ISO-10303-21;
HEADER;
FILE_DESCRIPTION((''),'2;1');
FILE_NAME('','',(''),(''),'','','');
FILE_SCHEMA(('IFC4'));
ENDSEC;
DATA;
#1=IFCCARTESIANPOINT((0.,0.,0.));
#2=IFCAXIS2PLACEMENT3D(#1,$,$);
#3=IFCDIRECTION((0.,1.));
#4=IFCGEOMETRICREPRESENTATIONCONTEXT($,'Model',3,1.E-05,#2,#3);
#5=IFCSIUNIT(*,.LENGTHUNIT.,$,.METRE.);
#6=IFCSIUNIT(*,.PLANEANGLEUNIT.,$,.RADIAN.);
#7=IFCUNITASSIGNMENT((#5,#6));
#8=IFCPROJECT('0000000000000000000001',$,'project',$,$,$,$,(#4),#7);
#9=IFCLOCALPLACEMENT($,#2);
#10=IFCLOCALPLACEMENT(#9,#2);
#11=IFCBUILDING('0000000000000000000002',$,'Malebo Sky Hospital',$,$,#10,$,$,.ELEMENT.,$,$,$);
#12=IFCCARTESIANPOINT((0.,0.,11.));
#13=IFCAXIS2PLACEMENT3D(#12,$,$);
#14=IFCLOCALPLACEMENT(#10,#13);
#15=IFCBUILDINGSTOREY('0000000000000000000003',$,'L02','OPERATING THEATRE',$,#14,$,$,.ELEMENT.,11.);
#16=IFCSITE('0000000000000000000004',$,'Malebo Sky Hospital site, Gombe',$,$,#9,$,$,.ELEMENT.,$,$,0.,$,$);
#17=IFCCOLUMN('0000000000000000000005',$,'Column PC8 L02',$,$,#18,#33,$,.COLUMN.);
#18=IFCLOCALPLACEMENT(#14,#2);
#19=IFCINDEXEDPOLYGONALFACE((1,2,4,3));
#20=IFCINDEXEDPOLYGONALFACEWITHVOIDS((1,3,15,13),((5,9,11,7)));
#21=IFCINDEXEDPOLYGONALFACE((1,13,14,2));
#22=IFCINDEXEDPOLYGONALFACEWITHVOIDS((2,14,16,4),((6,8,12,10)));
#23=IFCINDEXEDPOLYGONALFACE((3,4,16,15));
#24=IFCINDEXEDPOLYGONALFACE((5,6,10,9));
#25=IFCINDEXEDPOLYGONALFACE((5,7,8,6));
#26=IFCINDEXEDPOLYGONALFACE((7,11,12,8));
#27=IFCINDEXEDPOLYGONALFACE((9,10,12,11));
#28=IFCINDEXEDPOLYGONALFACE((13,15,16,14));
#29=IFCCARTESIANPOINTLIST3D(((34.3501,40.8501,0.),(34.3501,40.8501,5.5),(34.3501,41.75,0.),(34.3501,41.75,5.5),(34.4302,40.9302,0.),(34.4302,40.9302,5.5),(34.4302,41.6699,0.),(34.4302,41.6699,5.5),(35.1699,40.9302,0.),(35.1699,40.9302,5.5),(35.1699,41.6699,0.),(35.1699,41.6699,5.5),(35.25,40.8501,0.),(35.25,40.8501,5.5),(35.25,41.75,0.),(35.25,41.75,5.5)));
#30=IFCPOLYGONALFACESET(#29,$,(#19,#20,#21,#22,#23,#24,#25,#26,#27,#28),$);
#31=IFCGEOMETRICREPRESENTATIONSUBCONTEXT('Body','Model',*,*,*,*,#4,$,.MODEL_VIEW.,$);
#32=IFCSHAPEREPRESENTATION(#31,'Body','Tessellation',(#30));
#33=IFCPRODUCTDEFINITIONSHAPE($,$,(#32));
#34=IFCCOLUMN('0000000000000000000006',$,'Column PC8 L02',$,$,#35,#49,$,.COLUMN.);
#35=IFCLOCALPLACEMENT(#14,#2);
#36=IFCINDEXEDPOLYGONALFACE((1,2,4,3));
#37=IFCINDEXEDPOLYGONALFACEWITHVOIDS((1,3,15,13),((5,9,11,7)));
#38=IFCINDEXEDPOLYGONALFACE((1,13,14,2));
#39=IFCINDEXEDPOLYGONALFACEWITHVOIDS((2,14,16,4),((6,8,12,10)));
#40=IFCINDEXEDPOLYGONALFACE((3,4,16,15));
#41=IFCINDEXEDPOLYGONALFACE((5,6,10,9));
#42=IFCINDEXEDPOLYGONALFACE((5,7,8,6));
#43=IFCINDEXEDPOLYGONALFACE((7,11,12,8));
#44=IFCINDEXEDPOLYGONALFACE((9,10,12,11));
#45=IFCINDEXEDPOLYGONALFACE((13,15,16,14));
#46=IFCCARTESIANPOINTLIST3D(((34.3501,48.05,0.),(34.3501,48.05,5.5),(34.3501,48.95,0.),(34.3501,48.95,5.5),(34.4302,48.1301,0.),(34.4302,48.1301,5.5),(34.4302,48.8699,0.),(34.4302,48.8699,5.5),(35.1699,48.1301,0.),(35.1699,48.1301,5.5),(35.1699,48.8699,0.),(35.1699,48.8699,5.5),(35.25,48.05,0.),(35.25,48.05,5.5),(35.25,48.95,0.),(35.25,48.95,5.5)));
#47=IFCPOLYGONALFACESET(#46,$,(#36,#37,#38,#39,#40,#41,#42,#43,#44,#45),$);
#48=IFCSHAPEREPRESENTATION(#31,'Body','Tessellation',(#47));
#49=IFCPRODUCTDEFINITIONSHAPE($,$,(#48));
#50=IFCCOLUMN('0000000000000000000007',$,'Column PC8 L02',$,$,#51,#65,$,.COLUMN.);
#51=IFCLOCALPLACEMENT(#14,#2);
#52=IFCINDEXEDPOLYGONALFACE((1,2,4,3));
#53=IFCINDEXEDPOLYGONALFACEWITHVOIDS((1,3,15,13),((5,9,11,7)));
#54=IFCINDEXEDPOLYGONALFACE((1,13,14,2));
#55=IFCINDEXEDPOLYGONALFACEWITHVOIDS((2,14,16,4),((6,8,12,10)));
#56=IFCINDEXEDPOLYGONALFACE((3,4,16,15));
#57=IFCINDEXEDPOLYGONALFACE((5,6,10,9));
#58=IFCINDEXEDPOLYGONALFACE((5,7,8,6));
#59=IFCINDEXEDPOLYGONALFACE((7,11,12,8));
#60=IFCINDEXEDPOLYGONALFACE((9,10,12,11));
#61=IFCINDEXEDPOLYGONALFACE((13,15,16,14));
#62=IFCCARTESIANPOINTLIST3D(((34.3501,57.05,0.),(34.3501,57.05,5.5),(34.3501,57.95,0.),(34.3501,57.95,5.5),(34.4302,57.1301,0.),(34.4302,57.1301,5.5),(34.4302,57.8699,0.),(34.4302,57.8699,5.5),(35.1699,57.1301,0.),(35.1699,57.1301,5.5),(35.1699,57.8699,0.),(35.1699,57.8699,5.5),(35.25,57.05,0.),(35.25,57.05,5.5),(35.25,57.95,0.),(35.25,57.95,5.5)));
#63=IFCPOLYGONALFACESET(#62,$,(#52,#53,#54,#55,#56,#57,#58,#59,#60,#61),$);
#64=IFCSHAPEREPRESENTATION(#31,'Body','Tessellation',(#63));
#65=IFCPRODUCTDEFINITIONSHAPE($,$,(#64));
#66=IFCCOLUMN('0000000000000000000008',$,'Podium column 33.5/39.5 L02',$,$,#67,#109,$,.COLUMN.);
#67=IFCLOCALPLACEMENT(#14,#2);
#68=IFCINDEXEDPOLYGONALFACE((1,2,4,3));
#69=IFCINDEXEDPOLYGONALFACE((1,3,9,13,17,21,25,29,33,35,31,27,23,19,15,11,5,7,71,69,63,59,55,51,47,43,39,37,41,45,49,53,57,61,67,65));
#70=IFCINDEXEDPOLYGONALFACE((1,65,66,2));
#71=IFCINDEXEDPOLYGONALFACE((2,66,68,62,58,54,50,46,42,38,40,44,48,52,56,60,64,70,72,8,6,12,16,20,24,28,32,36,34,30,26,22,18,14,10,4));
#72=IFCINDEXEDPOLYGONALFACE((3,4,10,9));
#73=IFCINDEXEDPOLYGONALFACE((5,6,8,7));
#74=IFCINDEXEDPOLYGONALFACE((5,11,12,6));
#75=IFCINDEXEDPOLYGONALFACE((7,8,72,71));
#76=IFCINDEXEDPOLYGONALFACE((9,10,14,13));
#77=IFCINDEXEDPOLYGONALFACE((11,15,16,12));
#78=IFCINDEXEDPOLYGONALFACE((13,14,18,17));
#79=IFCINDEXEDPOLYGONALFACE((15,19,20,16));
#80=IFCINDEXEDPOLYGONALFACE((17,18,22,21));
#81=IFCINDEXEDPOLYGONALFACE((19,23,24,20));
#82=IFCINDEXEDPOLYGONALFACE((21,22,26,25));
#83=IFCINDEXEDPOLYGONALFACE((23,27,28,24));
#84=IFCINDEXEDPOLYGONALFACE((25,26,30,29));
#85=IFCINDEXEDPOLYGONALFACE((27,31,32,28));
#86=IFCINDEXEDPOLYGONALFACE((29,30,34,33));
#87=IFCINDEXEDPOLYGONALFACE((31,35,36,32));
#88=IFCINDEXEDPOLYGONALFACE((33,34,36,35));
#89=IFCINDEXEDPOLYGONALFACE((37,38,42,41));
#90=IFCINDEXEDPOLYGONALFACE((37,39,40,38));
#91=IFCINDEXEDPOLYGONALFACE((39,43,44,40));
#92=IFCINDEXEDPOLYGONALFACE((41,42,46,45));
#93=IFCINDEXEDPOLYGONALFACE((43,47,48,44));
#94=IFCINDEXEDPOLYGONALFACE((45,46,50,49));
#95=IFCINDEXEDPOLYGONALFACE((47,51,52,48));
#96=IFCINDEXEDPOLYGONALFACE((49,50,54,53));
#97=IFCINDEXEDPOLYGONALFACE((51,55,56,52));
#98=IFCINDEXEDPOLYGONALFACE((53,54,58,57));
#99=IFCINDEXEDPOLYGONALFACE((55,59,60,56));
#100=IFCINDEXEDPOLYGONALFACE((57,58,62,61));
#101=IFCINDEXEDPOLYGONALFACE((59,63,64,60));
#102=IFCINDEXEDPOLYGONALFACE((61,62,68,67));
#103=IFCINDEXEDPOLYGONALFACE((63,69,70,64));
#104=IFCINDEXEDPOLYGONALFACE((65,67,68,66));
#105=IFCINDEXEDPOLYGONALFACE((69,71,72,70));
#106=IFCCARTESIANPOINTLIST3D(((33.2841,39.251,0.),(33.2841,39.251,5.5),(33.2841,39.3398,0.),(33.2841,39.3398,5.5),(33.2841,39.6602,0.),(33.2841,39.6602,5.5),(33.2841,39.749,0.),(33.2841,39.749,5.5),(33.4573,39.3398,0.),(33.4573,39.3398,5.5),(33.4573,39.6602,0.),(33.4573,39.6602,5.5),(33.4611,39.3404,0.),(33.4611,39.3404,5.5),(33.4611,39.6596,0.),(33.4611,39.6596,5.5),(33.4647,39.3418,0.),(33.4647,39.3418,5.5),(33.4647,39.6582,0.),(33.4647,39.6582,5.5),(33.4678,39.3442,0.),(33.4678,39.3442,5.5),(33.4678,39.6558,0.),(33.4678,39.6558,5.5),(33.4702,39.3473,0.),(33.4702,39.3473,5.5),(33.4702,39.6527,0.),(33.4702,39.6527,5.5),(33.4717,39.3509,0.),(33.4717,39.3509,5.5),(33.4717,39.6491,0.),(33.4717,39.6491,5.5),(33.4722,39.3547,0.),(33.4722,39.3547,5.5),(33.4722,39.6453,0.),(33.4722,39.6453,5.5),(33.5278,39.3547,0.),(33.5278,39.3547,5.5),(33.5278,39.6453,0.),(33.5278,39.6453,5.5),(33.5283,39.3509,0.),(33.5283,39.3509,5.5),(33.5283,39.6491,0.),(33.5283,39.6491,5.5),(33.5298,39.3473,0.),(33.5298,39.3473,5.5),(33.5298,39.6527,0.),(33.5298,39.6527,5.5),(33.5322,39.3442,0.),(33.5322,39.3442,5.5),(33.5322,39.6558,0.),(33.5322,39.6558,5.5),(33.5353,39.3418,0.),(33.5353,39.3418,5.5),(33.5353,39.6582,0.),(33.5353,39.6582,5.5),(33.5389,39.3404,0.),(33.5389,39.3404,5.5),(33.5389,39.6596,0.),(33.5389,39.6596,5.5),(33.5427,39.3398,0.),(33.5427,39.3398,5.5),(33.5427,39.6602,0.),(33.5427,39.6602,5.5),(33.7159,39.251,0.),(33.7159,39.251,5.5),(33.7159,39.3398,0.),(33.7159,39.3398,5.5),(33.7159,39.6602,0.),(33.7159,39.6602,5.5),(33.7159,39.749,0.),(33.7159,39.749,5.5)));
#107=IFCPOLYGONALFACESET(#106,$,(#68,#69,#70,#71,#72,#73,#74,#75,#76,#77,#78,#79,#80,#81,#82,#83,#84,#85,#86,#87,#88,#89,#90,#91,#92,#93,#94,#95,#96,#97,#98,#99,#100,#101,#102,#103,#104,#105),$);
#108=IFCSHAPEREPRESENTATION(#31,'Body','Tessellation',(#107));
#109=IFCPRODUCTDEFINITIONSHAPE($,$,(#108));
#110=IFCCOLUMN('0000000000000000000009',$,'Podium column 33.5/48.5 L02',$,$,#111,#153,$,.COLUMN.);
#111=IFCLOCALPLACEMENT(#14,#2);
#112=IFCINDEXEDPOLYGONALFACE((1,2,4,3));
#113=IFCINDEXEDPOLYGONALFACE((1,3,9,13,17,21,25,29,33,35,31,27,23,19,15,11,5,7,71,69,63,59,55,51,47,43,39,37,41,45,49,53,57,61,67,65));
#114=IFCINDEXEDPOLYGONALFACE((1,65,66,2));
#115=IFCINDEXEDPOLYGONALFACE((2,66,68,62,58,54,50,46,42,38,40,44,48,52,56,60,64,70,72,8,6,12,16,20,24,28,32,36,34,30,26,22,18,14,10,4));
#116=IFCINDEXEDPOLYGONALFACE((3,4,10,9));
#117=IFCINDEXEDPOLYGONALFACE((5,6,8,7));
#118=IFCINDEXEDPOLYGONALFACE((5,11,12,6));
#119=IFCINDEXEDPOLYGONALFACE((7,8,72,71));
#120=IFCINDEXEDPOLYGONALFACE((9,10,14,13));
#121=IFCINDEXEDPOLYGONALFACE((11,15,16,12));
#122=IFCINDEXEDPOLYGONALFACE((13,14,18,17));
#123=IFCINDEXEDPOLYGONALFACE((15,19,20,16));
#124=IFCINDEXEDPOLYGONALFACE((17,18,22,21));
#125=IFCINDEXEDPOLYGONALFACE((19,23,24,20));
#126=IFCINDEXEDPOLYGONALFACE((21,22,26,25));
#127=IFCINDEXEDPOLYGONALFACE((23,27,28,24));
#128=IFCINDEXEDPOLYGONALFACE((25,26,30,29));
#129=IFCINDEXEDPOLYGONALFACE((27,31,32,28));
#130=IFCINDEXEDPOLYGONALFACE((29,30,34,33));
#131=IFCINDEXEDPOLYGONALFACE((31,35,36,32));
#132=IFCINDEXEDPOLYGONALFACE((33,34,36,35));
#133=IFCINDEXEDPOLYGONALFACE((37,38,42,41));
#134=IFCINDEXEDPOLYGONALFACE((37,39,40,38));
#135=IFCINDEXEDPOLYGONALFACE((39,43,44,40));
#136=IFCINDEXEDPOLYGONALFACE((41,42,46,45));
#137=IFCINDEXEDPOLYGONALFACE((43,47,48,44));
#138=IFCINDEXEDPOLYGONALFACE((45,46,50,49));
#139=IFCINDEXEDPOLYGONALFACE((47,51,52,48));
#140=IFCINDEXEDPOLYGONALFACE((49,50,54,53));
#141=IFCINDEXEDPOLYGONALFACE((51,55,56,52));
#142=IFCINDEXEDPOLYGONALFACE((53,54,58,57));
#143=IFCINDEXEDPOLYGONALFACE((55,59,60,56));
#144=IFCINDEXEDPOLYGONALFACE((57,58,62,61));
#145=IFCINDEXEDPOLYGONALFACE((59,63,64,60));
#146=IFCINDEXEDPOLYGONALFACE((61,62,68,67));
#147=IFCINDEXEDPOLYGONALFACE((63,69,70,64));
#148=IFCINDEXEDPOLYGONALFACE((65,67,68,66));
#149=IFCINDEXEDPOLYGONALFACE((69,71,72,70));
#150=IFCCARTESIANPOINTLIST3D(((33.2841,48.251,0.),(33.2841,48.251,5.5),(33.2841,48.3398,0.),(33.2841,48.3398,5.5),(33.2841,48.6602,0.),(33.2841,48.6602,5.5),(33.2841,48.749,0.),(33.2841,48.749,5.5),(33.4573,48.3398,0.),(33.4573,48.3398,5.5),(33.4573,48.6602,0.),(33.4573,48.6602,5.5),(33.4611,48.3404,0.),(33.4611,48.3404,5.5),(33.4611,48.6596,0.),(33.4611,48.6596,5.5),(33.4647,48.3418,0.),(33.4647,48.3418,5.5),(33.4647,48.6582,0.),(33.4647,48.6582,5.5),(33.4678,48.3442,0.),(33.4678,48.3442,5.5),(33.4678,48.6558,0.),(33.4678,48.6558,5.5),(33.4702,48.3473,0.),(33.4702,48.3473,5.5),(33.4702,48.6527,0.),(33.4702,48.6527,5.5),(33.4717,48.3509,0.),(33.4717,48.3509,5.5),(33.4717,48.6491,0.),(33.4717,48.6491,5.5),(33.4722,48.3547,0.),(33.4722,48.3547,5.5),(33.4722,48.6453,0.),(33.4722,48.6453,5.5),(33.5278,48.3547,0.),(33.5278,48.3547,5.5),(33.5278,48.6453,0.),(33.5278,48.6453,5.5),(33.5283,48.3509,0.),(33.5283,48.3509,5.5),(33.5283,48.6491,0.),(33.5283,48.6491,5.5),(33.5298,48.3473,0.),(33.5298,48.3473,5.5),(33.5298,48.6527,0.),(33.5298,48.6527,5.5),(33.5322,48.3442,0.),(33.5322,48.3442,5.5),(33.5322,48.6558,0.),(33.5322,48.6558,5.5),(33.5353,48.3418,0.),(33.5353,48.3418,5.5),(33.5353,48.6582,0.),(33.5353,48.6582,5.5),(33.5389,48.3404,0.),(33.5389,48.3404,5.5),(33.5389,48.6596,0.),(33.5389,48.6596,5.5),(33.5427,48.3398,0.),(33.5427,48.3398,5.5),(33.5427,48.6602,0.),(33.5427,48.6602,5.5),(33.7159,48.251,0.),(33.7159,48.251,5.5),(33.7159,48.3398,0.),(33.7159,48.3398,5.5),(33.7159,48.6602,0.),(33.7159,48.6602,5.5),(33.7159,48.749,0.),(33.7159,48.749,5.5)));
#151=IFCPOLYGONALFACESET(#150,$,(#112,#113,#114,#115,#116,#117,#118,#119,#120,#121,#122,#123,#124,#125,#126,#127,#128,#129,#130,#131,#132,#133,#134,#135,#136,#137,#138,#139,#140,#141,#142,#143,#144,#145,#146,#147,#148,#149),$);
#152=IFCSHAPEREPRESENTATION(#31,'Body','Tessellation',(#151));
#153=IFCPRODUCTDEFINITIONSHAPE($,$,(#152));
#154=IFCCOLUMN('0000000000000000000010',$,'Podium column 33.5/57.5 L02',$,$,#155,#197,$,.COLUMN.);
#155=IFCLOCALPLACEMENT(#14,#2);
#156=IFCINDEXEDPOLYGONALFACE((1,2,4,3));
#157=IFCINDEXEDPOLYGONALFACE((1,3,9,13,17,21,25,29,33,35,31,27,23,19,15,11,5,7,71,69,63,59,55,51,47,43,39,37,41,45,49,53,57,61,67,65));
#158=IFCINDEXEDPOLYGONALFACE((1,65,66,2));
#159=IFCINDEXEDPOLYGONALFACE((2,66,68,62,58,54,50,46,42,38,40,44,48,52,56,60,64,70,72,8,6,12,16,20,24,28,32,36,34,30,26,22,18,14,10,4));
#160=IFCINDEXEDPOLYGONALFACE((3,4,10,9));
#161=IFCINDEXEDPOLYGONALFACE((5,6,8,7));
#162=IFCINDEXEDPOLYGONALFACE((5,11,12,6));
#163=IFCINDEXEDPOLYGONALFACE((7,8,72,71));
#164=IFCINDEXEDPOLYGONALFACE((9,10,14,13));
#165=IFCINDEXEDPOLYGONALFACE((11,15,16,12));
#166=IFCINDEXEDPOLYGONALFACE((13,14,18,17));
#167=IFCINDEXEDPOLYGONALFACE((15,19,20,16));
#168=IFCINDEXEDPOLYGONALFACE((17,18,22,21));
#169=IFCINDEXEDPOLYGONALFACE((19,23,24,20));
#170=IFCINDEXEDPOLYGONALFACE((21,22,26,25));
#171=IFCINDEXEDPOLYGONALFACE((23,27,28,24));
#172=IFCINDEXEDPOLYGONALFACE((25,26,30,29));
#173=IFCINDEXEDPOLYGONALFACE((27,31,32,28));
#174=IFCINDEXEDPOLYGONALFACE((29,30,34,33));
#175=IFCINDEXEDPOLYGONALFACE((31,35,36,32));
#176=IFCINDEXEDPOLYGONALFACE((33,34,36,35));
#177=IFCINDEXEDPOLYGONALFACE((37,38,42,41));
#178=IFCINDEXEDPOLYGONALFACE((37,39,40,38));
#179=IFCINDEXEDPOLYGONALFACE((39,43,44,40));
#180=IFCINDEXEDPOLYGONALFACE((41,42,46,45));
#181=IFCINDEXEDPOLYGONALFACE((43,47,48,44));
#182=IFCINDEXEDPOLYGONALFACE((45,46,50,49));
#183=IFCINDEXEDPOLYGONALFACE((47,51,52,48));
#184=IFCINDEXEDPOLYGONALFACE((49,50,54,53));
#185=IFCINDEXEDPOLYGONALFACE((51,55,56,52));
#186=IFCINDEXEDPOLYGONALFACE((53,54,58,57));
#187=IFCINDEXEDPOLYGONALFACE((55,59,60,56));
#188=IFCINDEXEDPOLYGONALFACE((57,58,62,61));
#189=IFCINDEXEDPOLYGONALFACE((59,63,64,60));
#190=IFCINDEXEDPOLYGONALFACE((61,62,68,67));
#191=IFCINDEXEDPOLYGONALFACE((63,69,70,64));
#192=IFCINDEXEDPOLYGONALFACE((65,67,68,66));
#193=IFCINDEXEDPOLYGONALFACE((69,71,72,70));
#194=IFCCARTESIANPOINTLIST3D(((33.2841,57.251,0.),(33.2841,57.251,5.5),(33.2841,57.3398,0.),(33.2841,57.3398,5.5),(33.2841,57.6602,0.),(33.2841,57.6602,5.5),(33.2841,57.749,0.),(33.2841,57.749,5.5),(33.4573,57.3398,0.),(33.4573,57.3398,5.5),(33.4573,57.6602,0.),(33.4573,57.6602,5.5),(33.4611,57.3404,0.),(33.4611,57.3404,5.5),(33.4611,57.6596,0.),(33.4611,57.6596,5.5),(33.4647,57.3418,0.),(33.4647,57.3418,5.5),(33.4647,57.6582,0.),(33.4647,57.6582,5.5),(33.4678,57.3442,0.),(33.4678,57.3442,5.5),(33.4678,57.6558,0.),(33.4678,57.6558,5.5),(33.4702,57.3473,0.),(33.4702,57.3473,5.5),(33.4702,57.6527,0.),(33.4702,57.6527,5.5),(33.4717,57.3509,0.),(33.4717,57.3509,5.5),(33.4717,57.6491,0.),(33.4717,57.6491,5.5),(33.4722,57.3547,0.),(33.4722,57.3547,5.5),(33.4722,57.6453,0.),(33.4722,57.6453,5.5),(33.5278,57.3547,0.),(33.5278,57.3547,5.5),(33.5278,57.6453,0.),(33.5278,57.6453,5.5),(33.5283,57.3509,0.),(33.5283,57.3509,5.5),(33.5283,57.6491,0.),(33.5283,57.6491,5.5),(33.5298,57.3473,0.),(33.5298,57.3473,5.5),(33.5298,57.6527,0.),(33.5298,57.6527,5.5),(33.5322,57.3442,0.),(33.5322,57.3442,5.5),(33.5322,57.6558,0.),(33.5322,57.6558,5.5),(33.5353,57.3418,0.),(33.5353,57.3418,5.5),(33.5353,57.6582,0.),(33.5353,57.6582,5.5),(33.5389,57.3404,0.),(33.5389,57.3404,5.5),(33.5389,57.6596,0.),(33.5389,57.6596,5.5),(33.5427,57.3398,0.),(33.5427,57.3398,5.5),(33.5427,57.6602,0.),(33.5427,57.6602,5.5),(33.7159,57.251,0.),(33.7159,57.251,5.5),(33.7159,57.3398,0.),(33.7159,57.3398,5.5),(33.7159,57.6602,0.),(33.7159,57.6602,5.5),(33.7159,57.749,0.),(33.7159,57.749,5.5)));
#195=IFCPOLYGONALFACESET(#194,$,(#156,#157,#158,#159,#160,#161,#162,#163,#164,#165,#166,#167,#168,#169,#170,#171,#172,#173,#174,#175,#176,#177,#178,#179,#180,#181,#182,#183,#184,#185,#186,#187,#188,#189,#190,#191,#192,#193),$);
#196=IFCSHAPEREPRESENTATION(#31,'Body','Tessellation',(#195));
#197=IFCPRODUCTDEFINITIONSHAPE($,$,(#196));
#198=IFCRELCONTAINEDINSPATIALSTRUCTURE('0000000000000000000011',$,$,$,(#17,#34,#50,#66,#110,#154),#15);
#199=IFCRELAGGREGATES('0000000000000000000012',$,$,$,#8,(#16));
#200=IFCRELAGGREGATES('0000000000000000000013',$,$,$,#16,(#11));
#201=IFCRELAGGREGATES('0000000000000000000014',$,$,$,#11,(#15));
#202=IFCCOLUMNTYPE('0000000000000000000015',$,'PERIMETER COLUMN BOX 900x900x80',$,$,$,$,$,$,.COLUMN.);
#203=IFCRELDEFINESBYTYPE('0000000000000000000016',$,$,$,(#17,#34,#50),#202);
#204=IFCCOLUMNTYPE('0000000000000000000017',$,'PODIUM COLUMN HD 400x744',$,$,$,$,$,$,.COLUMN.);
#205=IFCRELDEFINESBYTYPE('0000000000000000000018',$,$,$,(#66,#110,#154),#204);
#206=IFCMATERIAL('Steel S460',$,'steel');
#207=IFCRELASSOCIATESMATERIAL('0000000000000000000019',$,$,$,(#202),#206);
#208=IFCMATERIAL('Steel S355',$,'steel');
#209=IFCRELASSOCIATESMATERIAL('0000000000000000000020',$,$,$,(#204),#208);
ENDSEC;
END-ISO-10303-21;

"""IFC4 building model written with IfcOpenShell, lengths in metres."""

from ifc_helpers import new_model, si_unit, direction, frame, origin, origin_2d, place, context, subcontext, project, spatial, hollow_rectangle, i_section, extrude, material, material_profile, profile_set, type_object, element, save


model = new_model("IFC4")

# Units and contexts
model_context = context("Model", 3, precision=1e-05, world=origin(), true_north=direction((0.0, 1.0)))
body_context = subcontext(model_context, "Body", "Model", "MODEL_VIEW")
ifc_project = project(units=[si_unit("LENGTHUNIT", "METRE"), si_unit("PLANEANGLEUNIT", "RADIAN")], contexts=[model_context])

# Site, building, storey
site_placement = place(None, origin())
site = spatial("IfcSite", under=ifc_project, at=site_placement, Name="Malebo Sky Hospital site, Gombe", CompositionType="ELEMENT", RefElevation=0.0)
building_placement = place(site_placement, origin())
building = spatial("IfcBuilding", under=site, at=building_placement, Name="Malebo Sky Hospital", CompositionType="ELEMENT")
storey_placement = place(building_placement, frame((0.0, 0.0, 11.0)))
storey = spatial("IfcBuildingStorey", under=building, at=storey_placement, Name="L02", Description="OPERATING THEATRE", CompositionType="ELEMENT", Elevation=11.0)

# Columns
ifc_material_1 = material(Name="Steel S460", Category="steel")
ifc_material_profile_1 = material_profile(ifc_material_1, hollow_rectangle(XDim=0.8999, YDim=0.8999, WallThickness=0.0801, at=origin_2d()), Name="BOX 900x900x80")
ifc_profile_set_1 = profile_set([ifc_material_profile_1], Name="Steel S460")
column_type_1 = type_object("IfcColumnType", Name="PERIMETER COLUMN BOX 900x900x80", PredefinedType="COLUMN", material=ifc_profile_set_1)
for number, where, z_axis, x_axis, name in (
    (1, (34.8, 41.3, 0.0), (0.0, 0.0, 1.0), (1.0, 0.0, 0.0), "Column PC8 L02"),
    (2, (34.8, 48.5, 0.0), (0.0, 0.0, 1.0), (1.0, 0.0, 0.0), "Column PC8 L02"),
    (3, (34.8, 57.5, 0.0), (0.0, 0.0, 1.0), (1.0, 0.0, 0.0), "Column PC8 L02"),
):
    element("IfcColumn", number, at=place(storey_placement, frame(where, z_axis=z_axis, x_axis=x_axis)), inside=storey, type_object=column_type_1, Name=name, PredefinedType="COLUMN", context=body_context, shape_type="SweptSolid", body=[
        extrude(hollow_rectangle(XDim=0.8999, YDim=0.8999, WallThickness=0.0801, at=origin_2d()), origin(), (0.0, 0.0, 1.0), 5.5),
    ])
ifc_material_2 = material(Name="Steel S355", Category="steel")
ifc_material_profile_2 = material_profile(ifc_material_2, i_section(OverallWidth=0.4319, OverallDepth=0.498, WebThickness=0.0557, FlangeThickness=0.0889, FilletRadius=0.0149, at=origin_2d()), Name="HD 400x744")
ifc_profile_set_2 = profile_set([ifc_material_profile_2], Name="Steel S355")
column_type_2 = type_object("IfcColumnType", Name="PODIUM COLUMN HD 400x744", PredefinedType="COLUMN", material=ifc_profile_set_2)
for number, where, z_axis, x_axis, name in (
    (4, (33.5, 39.5, 0.0), (0.0, 0.0, 1.0), (1.0, 0.0, 0.0), "Podium column 33.5/39.5 L02"),
    (5, (33.5, 48.5, 0.0), (0.0, 0.0, 1.0), (1.0, 0.0, 0.0), "Podium column 33.5/48.5 L02"),
    (6, (33.5, 57.5, 0.0), (0.0, 0.0, 1.0), (1.0, 0.0, 0.0), "Podium column 33.5/57.5 L02"),
):
    element("IfcColumn", number, at=place(storey_placement, frame(where, z_axis=z_axis, x_axis=x_axis)), inside=storey, type_object=column_type_2, Name=name, PredefinedType="COLUMN", context=body_context, shape_type="SweptSolid", body=[
        extrude(i_section(OverallWidth=0.4319, OverallDepth=0.498, WebThickness=0.0557, FlangeThickness=0.0889, FilletRadius=0.0149, at=origin_2d()), origin(), (0.0, 0.0, 1.0), 5.5),
    ])

save(model, "model.ifc")
